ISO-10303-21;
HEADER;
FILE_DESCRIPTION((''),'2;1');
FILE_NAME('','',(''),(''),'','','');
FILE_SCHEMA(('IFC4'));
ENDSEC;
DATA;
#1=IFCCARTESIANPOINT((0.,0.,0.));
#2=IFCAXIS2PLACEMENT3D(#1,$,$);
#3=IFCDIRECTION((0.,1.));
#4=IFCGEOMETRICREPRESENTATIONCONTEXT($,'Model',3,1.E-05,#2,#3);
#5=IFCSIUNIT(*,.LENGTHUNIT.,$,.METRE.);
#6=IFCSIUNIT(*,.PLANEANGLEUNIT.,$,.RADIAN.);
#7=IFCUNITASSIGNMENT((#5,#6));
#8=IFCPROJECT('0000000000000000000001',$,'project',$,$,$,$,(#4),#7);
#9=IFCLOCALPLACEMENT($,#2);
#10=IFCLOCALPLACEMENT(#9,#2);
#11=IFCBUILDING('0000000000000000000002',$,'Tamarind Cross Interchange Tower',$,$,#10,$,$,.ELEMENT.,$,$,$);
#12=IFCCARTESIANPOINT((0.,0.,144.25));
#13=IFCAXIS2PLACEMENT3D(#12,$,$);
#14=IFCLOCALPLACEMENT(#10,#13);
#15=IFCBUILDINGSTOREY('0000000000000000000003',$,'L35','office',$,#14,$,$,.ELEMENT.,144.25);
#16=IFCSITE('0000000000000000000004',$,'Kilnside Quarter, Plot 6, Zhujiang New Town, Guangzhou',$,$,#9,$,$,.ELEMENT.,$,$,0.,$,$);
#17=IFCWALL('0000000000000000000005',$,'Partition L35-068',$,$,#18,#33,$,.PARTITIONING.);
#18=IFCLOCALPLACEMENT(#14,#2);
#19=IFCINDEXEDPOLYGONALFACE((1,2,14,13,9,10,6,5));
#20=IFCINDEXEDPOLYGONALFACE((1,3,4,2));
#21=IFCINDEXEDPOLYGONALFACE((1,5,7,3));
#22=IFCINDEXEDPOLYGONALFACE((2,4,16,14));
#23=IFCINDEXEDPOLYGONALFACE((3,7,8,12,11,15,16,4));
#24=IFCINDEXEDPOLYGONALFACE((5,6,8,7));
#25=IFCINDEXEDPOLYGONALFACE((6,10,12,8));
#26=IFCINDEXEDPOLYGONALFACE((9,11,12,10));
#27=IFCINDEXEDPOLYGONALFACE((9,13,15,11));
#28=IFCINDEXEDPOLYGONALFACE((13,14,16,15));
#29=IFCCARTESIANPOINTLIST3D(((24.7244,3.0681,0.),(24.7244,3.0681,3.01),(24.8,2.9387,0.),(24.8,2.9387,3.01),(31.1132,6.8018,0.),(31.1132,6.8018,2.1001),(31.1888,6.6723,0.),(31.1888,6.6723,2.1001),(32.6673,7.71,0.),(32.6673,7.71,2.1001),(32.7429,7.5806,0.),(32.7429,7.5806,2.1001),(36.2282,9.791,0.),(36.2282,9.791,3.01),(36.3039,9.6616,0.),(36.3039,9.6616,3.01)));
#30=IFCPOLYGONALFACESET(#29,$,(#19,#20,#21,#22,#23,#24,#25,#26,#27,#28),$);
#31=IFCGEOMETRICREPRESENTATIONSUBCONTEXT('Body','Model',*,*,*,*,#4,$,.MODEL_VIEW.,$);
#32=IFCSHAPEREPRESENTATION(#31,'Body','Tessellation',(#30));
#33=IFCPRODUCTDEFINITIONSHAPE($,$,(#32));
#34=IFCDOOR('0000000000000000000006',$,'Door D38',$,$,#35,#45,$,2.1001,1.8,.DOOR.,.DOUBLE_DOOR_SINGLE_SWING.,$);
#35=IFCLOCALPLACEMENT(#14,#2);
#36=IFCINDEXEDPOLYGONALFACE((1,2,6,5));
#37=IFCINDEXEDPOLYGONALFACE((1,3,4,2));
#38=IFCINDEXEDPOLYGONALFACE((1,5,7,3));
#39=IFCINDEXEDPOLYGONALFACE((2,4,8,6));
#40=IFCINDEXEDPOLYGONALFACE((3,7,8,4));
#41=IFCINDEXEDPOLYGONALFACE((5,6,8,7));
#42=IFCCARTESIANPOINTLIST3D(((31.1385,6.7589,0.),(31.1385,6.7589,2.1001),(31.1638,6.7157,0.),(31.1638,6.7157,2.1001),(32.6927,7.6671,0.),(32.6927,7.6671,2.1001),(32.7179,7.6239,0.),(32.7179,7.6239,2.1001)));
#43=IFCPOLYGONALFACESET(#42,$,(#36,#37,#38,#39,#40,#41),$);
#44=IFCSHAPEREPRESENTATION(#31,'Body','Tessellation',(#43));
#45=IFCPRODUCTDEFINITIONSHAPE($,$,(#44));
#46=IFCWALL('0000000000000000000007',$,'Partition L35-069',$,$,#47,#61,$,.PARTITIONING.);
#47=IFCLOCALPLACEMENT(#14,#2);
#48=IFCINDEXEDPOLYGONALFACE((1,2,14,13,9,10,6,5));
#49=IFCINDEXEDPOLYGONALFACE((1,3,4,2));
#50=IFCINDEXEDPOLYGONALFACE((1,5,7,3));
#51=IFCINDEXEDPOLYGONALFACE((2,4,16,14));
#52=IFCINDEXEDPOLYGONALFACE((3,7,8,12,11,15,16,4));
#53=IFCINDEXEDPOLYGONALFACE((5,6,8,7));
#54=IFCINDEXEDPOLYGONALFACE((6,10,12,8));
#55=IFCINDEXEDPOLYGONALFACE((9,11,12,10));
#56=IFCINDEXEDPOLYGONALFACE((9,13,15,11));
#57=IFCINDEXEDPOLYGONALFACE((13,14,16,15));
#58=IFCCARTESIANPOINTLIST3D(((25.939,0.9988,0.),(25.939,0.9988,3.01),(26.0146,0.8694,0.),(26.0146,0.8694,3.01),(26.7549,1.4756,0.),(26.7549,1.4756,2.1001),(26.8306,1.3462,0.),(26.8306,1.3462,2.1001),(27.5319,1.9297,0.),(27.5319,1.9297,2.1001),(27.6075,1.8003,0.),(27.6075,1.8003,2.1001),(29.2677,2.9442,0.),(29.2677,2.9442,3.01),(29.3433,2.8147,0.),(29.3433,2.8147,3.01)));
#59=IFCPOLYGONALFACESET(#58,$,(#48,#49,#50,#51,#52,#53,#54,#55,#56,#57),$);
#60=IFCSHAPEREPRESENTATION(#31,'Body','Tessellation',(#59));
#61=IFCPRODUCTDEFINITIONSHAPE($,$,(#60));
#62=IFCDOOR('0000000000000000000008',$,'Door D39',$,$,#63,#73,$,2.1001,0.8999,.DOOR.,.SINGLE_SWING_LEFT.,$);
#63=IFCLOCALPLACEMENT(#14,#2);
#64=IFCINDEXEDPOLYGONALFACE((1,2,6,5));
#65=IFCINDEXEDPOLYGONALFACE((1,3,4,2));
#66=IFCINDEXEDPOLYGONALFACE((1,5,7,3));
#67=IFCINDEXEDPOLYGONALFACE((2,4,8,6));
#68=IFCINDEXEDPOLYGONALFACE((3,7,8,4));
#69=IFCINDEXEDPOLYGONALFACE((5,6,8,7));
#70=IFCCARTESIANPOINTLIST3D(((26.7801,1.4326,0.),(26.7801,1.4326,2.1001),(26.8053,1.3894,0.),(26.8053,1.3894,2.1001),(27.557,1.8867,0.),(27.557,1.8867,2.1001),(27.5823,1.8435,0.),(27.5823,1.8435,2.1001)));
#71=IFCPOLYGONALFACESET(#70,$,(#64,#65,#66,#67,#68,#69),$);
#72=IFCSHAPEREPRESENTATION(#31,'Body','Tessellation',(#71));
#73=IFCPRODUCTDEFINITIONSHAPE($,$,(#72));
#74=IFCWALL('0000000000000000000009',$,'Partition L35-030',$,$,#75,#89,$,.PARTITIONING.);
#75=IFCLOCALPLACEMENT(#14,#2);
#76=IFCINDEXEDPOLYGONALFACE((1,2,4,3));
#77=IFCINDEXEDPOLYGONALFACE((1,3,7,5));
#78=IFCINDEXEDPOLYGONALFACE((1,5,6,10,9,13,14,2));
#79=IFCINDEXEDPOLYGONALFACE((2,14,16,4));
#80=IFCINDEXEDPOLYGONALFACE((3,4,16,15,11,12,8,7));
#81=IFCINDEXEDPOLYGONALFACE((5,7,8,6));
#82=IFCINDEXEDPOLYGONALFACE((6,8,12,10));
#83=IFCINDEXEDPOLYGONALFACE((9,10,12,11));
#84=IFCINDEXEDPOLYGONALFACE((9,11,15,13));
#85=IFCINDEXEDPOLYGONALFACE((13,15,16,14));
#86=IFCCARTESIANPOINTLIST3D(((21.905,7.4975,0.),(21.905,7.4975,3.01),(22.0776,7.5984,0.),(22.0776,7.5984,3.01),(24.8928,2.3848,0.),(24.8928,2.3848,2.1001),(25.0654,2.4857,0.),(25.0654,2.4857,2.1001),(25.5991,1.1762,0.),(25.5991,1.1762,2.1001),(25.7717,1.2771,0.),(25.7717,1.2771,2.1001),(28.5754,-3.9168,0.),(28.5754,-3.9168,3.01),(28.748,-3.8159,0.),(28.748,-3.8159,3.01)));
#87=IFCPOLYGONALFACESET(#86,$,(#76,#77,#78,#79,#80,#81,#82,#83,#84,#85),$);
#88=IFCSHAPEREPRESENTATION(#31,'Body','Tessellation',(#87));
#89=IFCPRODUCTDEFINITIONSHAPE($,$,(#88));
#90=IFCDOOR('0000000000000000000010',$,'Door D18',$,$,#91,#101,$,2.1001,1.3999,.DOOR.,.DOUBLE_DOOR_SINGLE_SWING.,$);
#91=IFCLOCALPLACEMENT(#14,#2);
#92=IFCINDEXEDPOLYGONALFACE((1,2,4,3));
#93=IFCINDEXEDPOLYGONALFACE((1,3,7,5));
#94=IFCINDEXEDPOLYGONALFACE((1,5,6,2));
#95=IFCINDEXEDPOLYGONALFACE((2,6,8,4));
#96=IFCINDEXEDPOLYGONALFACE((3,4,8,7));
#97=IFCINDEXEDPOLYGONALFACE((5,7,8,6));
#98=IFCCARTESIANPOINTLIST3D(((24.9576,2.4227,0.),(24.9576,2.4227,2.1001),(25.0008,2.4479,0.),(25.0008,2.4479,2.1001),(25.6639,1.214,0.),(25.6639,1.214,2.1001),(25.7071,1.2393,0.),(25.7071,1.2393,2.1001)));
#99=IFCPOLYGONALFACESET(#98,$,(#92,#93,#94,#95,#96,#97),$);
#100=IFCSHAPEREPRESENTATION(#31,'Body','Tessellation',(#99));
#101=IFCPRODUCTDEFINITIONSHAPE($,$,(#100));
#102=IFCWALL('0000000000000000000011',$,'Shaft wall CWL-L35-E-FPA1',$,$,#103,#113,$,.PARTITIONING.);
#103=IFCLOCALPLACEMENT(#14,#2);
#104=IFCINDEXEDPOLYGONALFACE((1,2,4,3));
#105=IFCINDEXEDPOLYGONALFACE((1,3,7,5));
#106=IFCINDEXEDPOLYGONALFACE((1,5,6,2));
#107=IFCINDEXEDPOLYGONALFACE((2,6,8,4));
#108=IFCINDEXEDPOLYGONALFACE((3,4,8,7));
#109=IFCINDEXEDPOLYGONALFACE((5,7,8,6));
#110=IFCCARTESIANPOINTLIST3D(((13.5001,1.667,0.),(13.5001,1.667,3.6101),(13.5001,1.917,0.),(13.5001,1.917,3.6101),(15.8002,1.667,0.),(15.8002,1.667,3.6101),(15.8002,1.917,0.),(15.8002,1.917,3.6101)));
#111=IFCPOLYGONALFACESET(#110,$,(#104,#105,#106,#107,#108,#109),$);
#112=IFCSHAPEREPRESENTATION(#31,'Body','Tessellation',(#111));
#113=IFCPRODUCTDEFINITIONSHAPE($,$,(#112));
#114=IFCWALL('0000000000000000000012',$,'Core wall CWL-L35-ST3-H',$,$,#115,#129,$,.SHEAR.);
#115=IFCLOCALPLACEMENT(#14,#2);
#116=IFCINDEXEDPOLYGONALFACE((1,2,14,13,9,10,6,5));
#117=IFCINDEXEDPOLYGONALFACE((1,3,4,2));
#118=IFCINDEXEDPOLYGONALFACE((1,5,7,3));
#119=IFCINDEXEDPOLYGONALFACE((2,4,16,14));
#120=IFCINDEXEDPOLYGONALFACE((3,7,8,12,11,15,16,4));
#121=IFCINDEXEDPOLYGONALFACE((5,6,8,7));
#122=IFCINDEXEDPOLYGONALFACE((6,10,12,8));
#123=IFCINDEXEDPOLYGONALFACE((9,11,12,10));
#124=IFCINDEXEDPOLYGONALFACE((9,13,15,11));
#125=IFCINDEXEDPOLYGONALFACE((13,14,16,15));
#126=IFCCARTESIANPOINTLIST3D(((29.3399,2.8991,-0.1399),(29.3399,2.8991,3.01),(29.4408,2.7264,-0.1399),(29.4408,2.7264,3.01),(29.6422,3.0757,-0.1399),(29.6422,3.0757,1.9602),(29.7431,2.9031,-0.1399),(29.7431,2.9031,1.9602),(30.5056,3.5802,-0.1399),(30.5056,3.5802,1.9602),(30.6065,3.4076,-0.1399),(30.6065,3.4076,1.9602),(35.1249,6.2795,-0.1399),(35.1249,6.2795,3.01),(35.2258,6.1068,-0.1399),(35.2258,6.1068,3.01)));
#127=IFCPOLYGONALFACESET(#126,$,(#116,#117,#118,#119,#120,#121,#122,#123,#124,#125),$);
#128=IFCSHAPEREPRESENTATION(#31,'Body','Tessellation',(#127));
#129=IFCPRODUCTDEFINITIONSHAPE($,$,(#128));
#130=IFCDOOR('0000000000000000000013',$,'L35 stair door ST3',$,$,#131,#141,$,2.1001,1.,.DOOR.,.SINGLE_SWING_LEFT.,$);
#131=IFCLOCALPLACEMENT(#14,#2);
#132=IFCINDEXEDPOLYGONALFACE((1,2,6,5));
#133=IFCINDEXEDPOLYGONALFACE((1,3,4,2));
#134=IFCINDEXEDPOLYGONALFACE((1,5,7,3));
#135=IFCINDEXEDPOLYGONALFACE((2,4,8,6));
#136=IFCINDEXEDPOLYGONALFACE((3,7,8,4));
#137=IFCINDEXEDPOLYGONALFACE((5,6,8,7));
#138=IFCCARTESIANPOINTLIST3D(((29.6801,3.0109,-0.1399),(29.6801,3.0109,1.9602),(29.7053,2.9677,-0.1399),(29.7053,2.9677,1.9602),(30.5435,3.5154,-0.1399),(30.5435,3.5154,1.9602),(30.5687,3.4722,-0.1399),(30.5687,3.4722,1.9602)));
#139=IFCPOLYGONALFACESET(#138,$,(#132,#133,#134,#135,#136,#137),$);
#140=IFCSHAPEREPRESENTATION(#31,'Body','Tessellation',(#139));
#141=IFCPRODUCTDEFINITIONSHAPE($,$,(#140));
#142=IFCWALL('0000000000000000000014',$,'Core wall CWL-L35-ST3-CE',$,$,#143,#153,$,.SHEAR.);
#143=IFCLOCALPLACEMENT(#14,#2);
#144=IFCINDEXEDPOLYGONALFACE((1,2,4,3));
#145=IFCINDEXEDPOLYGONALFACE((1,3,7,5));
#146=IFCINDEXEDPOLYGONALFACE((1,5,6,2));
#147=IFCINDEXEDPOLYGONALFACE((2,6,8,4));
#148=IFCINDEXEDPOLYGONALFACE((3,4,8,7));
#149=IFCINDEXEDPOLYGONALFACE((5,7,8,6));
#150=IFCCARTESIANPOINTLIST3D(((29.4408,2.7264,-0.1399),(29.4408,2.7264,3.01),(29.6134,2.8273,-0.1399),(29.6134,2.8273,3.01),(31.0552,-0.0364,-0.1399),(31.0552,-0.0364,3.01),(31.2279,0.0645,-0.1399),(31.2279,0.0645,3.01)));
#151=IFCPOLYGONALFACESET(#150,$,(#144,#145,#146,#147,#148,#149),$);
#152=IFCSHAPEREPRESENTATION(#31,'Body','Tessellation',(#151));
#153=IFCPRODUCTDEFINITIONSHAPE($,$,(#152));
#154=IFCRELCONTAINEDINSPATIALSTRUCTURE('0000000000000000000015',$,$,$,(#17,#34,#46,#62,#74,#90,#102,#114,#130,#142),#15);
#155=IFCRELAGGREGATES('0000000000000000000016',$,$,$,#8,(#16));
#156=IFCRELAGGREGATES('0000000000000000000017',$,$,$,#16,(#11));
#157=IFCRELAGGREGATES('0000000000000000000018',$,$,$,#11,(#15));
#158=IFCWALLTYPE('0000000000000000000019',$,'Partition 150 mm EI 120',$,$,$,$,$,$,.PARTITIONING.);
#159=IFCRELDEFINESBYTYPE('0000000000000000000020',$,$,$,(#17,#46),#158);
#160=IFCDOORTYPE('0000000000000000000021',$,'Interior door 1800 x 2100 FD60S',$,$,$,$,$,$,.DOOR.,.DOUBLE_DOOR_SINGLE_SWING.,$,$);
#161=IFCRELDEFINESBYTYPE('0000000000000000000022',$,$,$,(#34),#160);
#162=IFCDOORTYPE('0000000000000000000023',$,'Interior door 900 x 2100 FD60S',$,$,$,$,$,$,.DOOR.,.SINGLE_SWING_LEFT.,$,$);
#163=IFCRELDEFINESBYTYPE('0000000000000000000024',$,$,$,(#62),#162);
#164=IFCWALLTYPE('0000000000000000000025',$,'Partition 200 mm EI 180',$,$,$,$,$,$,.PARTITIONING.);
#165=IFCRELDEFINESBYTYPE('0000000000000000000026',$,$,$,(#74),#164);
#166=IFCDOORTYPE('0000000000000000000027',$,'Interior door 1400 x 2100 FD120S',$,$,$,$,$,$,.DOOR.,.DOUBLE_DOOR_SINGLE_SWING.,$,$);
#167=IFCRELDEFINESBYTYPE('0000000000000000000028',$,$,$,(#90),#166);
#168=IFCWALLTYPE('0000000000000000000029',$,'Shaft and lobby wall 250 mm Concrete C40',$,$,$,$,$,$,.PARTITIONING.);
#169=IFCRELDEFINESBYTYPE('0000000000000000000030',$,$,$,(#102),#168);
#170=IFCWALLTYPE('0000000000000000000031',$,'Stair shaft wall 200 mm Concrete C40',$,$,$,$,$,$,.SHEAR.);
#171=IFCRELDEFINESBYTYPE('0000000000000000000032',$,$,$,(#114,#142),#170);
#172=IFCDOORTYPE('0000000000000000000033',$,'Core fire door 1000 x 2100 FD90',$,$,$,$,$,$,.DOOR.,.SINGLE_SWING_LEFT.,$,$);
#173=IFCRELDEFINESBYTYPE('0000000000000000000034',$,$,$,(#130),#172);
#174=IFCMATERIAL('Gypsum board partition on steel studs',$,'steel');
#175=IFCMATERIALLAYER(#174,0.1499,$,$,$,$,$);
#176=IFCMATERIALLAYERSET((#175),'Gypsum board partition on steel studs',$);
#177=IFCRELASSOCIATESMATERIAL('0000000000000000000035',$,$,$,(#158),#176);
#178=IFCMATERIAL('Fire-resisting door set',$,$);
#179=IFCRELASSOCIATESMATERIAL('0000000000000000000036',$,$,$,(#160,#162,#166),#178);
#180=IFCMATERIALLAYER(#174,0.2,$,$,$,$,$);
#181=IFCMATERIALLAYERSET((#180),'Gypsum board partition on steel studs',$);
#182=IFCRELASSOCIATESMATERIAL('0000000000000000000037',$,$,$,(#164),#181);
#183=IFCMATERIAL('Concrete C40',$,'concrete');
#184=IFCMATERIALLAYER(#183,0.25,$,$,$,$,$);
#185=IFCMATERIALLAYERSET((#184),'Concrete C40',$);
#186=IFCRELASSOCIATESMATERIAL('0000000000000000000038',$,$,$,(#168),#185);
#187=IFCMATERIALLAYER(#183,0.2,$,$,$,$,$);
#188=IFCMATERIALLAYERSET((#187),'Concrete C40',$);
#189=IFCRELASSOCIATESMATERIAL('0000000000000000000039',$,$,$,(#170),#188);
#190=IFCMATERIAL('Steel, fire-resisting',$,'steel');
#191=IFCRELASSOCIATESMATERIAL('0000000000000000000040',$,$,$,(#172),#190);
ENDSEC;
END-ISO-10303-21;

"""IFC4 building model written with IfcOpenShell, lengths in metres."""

from ifc_helpers import new_model, si_unit, direction, frame, frame_2d, origin, place, context, subcontext, project, spatial, rectangle, extrude, material, layer, layer_set, type_object, element, fill, save


model = new_model("IFC4")

# Units and contexts
model_context = context("Model", 3, precision=1e-05, world=origin(), true_north=direction((0.0, 1.0)))
body_context = subcontext(model_context, "Body", "Model", "MODEL_VIEW")
ifc_project = project(units=[si_unit("LENGTHUNIT", "METRE"), si_unit("PLANEANGLEUNIT", "RADIAN")], contexts=[model_context])

# Site, building, storey
site_placement = place(None, origin())
site = spatial("IfcSite", under=ifc_project, at=site_placement, Name="Kilnside Quarter, Plot 6, Zhujiang New Town, Guangzhou", CompositionType="ELEMENT", RefElevation=0.0)
building_placement = place(site_placement, origin())
building = spatial("IfcBuilding", under=site, at=building_placement, Name="Tamarind Cross Interchange Tower", CompositionType="ELEMENT")
storey_placement = place(building_placement, frame((0.0, 0.0, 144.25)))
storey = spatial("IfcBuildingStorey", under=building, at=storey_placement, Name="L35", Description="office", CompositionType="ELEMENT", Elevation=144.25)

# Shared definitions
ifc_material_1 = material(Name="Gypsum board partition on steel studs", Category="steel")
ifc_layer_1 = layer(ifc_material_1, 0.1499)
ifc_layer_set_1 = layer_set([ifc_layer_1], Name="Gypsum board partition on steel studs")
wall_type_1 = type_object("IfcWallType", Name="Partition 150 mm EI 120", PredefinedType="PARTITIONING", material=ifc_layer_set_1)

# Walls, openings, doors
wall_1_placement = place(storey_placement, frame((24.7622, 3.0034, 0.0), z_axis=(0.0, 0.0, 1.0), x_axis=(0.863377, 0.504559, 0.0)))
wall_1 = element("IfcWall", 1, at=wall_1_placement, inside=storey, type_object=wall_type_1, Name="Partition L35-068", PredefinedType="PARTITIONING", context=body_context, shape_type="SweptSolid", body=[
    extrude(rectangle(XDim=13.3242, YDim=0.1499, at=frame_2d((6.6621, 0.0))), origin(), (0.0, 0.0, 1.0), 3.01),
])
opening_1_placement = place(wall_1_placement, frame((7.3999, 0.0, 0.0)))
opening_1 = element("IfcOpeningElement", 2, at=opening_1_placement, cuts=wall_1, PredefinedType="OPENING", context=body_context, shape_type="SweptSolid", body=[
    extrude(rectangle(XDim=1.8, YDim=2.1001, at=frame_2d((0.8999, 1.05))), frame((0.0, 0.085, 0.0), z_axis=(0.0, -1.0, 0.0), x_axis=(1.0, 0.0, 0.0)), (0.0, 0.0, 1.0), 0.1699),
])
ifc_material_2 = material(Name="Fire-resisting door set")
door_type_1 = type_object("IfcDoorType", Name="Interior door 1800 x 2100 FD60S", OperationType="DOUBLE_DOOR_SINGLE_SWING", PredefinedType="DOOR", material=ifc_material_2)
door_1_placement = place(opening_1_placement, frame((1.8, 0.0, 0.0), z_axis=(0.0, 0.0, 1.0), x_axis=(-1.0, 0.0, 0.0)))
door_1 = element("IfcDoor", 3, at=door_1_placement, inside=storey, type_object=door_type_1, Name="Door D38", OperationType="DOUBLE_DOOR_SINGLE_SWING", OverallHeight=2.1001, OverallWidth=1.8, PredefinedType="DOOR", context=body_context, shape_type="SweptSolid", body=[
    extrude(rectangle(XDim=1.8, YDim=2.1001, at=frame_2d((0.8999, 1.05))), frame((0.0, 0.0249, 0.0), z_axis=(0.0, -1.0, 0.0), x_axis=(1.0, 0.0, 0.0)), (0.0, 0.0, 1.0), 0.05),
])
fill(opening_1, door_1)
wall_2_placement = place(storey_placement, frame((25.9768, 0.9341, 0.0), z_axis=(0.0, 0.0, 1.0), x_axis=(0.86337, 0.504572, 0.0)))
wall_2 = element("IfcWall", 4, at=wall_2_placement, inside=storey, type_object=wall_type_1, Name="Partition L35-069", PredefinedType="PARTITIONING", context=body_context, shape_type="SweptSolid", body=[
    extrude(rectangle(XDim=3.8555, YDim=0.1499, at=frame_2d((1.9277, 0.0))), origin(), (0.0, 0.0, 1.0), 3.01),
])
opening_2_placement = place(wall_2_placement, frame((0.9451, 0.0, 0.0)))
opening_2 = element("IfcOpeningElement", 5, at=opening_2_placement, cuts=wall_2, PredefinedType="OPENING", context=body_context, shape_type="SweptSolid", body=[
    extrude(rectangle(XDim=0.8999, YDim=2.1001, at=frame_2d((0.45, 1.05))), frame((0.0, 0.085, 0.0), z_axis=(0.0, -1.0, 0.0), x_axis=(1.0, 0.0, 0.0)), (0.0, 0.0, 1.0), 0.1699),
])
door_type_2 = type_object("IfcDoorType", Name="Interior door 900 x 2100 FD60S", OperationType="SINGLE_SWING_LEFT", PredefinedType="DOOR", material=ifc_material_2)
door_2_placement = place(opening_2_placement, frame((0.8999, 0.0, 0.0), z_axis=(0.0, 0.0, 1.0), x_axis=(-1.0, 0.0, 0.0)))
door_2 = element("IfcDoor", 6, at=door_2_placement, inside=storey, type_object=door_type_2, Name="Door D39", OperationType="SINGLE_SWING_LEFT", OverallHeight=2.1001, OverallWidth=0.8999, PredefinedType="DOOR", context=body_context, shape_type="SweptSolid", body=[
    extrude(rectangle(XDim=0.8999, YDim=2.1001, at=frame_2d((0.45, 1.05))), frame((0.0, 0.0249, 0.0), z_axis=(0.0, -1.0, 0.0), x_axis=(1.0, 0.0, 0.0)), (0.0, 0.0, 1.0), 0.05),
])
fill(opening_2, door_2)
ifc_layer_2 = layer(ifc_material_1, 0.2)
ifc_layer_set_2 = layer_set([ifc_layer_2], Name="Gypsum board partition on steel studs")
wall_type_2 = type_object("IfcWallType", Name="Partition 200 mm EI 180", PredefinedType="PARTITIONING", material=ifc_layer_set_2)
wall_3_placement = place(storey_placement, frame((21.9912, 7.5481, 0.0), z_axis=(0.0, 0.0, 1.0), x_axis=(0.504552, -0.863381, 0.0)))
wall_3 = element("IfcWall", 7, at=wall_3_placement, inside=storey, type_object=wall_type_2, Name="Partition L35-030", PredefinedType="PARTITIONING", context=body_context, shape_type="SweptSolid", body=[
    extrude(rectangle(XDim=13.2205, YDim=0.2, at=frame_2d((6.6104, 0.0))), origin(), (0.0, 0.0, 1.0), 3.01),
])
opening_3_placement = place(wall_3_placement, frame((5.9219, 0.0, 0.0)))
opening_3 = element("IfcOpeningElement", 8, at=opening_3_placement, cuts=wall_3, PredefinedType="OPENING", context=body_context, shape_type="SweptSolid", body=[
    extrude(rectangle(XDim=1.3999, YDim=2.1001, at=frame_2d((0.7, 1.05))), frame((0.0, 0.1099, 0.0), z_axis=(0.0, -1.0, 0.0), x_axis=(1.0, 0.0, 0.0)), (0.0, 0.0, 1.0), 0.22),
])
door_type_3 = type_object("IfcDoorType", Name="Interior door 1400 x 2100 FD120S", OperationType="DOUBLE_DOOR_SINGLE_SWING", PredefinedType="DOOR", material=ifc_material_2)
door_3_placement = place(opening_3_placement, frame((1.3999, 0.0, 0.0), z_axis=(0.0, 0.0, 1.0), x_axis=(-1.0, 0.0, 0.0)))
door_3 = element("IfcDoor", 9, at=door_3_placement, inside=storey, type_object=door_type_3, Name="Door D18", OperationType="DOUBLE_DOOR_SINGLE_SWING", OverallHeight=2.1001, OverallWidth=1.3999, PredefinedType="DOOR", context=body_context, shape_type="SweptSolid", body=[
    extrude(rectangle(XDim=1.3999, YDim=2.1001, at=frame_2d((0.7, 1.05))), frame((0.0, 0.0249, 0.0), z_axis=(0.0, -1.0, 0.0), x_axis=(1.0, 0.0, 0.0)), (0.0, 0.0, 1.0), 0.05),
])
fill(opening_3, door_3)

# Wall
ifc_material_3 = material(Name="Concrete C40", Category="concrete")
ifc_layer_3 = layer(ifc_material_3, 0.25)
ifc_layer_set_3 = layer_set([ifc_layer_3], Name="Concrete C40")
wall_type_3 = type_object("IfcWallType", Name="Shaft and lobby wall 250 mm Concrete C40", PredefinedType="PARTITIONING", material=ifc_layer_set_3)
wall_4_placement = place(storey_placement, frame((15.8, 1.792, 0.0), z_axis=(0.0, 0.0, 1.0), x_axis=(-1.0, 0.0, 0.0)))
element("IfcWall", 10, at=wall_4_placement, inside=storey, type_object=wall_type_3, Name="Shaft wall CWL-L35-E-FPA1", PredefinedType="PARTITIONING", context=body_context, shape_type="SweptSolid", body=[
    extrude(rectangle(XDim=2.3, YDim=0.25, at=frame_2d((1.1499, 0.0))), origin(), (0.0, 0.0, 1.0), 3.6101),
])

# Wall, opening, door
ifc_layer_4 = layer(ifc_material_3, 0.2)
ifc_layer_set_4 = layer_set([ifc_layer_4], Name="Concrete C40")
wall_type_4 = type_object("IfcWallType", Name="Stair shaft wall 200 mm Concrete C40", PredefinedType="SHEAR", material=ifc_layer_set_4)
wall_5_placement = place(storey_placement, frame((29.3904, 2.8127, -0.1399), z_axis=(0.0, 0.0, 1.0), x_axis=(0.863399, 0.504521, 0.0)))
wall_5 = element("IfcWall", 11, at=wall_5_placement, inside=storey, type_object=wall_type_4, Name="Core wall CWL-L35-ST3-H", PredefinedType="SHEAR", context=body_context, shape_type="SweptSolid", body=[
    extrude(rectangle(XDim=6.7002, YDim=0.2, at=frame_2d((3.3501, 0.0))), origin(), (0.0, 0.0, 1.0), 3.1499),
])
opening_4_placement = place(wall_5_placement, frame((0.3501, 0.0, 0.0)))
opening_4 = element("IfcOpeningElement", 12, at=opening_4_placement, cuts=wall_5, PredefinedType="OPENING", context=body_context, shape_type="SweptSolid", body=[
    extrude(rectangle(XDim=1.0, YDim=2.1001, at=frame_2d((0.5, 1.05))), frame((0.0, 0.1099, 0.0), z_axis=(0.0, -1.0, 0.0), x_axis=(1.0, 0.0, 0.0)), (0.0, 0.0, 1.0), 0.22),
])
ifc_material_4 = material(Name="Steel, fire-resisting", Category="steel")
door_type_4 = type_object("IfcDoorType", Name="Core fire door 1000 x 2100 FD90", OperationType="SINGLE_SWING_LEFT", PredefinedType="DOOR", material=ifc_material_4)
door_4_placement = place(opening_4_placement, origin())
door_4 = element("IfcDoor", 13, at=door_4_placement, inside=storey, type_object=door_type_4, Name="L35 stair door ST3", OperationType="SINGLE_SWING_LEFT", OverallHeight=2.1001, OverallWidth=1.0, PredefinedType="DOOR", context=body_context, shape_type="SweptSolid", body=[
    extrude(rectangle(XDim=1.0, YDim=2.1001, at=frame_2d((0.5, 1.05))), frame((0.0, 0.0249, 0.0), z_axis=(0.0, -1.0, 0.0), x_axis=(1.0, 0.0, 0.0)), (0.0, 0.0, 1.0), 0.05),
])
fill(opening_4, door_4)

# Wall
wall_6_placement = place(storey_placement, frame((31.1416, 0.0139, -0.1399), z_axis=(0.0, 0.0, 1.0), x_axis=(-0.504521, 0.8634, 0.0)))
element("IfcWall", 14, at=wall_6_placement, inside=storey, type_object=wall_type_4, Name="Core wall CWL-L35-ST3-CE", PredefinedType="SHEAR", context=body_context, shape_type="SweptSolid", body=[
    extrude(rectangle(XDim=3.2, YDim=0.2, at=frame_2d((1.6001, 0.0))), origin(), (0.0, 0.0, 1.0), 3.1499),
])

save(model, "model.ifc")
